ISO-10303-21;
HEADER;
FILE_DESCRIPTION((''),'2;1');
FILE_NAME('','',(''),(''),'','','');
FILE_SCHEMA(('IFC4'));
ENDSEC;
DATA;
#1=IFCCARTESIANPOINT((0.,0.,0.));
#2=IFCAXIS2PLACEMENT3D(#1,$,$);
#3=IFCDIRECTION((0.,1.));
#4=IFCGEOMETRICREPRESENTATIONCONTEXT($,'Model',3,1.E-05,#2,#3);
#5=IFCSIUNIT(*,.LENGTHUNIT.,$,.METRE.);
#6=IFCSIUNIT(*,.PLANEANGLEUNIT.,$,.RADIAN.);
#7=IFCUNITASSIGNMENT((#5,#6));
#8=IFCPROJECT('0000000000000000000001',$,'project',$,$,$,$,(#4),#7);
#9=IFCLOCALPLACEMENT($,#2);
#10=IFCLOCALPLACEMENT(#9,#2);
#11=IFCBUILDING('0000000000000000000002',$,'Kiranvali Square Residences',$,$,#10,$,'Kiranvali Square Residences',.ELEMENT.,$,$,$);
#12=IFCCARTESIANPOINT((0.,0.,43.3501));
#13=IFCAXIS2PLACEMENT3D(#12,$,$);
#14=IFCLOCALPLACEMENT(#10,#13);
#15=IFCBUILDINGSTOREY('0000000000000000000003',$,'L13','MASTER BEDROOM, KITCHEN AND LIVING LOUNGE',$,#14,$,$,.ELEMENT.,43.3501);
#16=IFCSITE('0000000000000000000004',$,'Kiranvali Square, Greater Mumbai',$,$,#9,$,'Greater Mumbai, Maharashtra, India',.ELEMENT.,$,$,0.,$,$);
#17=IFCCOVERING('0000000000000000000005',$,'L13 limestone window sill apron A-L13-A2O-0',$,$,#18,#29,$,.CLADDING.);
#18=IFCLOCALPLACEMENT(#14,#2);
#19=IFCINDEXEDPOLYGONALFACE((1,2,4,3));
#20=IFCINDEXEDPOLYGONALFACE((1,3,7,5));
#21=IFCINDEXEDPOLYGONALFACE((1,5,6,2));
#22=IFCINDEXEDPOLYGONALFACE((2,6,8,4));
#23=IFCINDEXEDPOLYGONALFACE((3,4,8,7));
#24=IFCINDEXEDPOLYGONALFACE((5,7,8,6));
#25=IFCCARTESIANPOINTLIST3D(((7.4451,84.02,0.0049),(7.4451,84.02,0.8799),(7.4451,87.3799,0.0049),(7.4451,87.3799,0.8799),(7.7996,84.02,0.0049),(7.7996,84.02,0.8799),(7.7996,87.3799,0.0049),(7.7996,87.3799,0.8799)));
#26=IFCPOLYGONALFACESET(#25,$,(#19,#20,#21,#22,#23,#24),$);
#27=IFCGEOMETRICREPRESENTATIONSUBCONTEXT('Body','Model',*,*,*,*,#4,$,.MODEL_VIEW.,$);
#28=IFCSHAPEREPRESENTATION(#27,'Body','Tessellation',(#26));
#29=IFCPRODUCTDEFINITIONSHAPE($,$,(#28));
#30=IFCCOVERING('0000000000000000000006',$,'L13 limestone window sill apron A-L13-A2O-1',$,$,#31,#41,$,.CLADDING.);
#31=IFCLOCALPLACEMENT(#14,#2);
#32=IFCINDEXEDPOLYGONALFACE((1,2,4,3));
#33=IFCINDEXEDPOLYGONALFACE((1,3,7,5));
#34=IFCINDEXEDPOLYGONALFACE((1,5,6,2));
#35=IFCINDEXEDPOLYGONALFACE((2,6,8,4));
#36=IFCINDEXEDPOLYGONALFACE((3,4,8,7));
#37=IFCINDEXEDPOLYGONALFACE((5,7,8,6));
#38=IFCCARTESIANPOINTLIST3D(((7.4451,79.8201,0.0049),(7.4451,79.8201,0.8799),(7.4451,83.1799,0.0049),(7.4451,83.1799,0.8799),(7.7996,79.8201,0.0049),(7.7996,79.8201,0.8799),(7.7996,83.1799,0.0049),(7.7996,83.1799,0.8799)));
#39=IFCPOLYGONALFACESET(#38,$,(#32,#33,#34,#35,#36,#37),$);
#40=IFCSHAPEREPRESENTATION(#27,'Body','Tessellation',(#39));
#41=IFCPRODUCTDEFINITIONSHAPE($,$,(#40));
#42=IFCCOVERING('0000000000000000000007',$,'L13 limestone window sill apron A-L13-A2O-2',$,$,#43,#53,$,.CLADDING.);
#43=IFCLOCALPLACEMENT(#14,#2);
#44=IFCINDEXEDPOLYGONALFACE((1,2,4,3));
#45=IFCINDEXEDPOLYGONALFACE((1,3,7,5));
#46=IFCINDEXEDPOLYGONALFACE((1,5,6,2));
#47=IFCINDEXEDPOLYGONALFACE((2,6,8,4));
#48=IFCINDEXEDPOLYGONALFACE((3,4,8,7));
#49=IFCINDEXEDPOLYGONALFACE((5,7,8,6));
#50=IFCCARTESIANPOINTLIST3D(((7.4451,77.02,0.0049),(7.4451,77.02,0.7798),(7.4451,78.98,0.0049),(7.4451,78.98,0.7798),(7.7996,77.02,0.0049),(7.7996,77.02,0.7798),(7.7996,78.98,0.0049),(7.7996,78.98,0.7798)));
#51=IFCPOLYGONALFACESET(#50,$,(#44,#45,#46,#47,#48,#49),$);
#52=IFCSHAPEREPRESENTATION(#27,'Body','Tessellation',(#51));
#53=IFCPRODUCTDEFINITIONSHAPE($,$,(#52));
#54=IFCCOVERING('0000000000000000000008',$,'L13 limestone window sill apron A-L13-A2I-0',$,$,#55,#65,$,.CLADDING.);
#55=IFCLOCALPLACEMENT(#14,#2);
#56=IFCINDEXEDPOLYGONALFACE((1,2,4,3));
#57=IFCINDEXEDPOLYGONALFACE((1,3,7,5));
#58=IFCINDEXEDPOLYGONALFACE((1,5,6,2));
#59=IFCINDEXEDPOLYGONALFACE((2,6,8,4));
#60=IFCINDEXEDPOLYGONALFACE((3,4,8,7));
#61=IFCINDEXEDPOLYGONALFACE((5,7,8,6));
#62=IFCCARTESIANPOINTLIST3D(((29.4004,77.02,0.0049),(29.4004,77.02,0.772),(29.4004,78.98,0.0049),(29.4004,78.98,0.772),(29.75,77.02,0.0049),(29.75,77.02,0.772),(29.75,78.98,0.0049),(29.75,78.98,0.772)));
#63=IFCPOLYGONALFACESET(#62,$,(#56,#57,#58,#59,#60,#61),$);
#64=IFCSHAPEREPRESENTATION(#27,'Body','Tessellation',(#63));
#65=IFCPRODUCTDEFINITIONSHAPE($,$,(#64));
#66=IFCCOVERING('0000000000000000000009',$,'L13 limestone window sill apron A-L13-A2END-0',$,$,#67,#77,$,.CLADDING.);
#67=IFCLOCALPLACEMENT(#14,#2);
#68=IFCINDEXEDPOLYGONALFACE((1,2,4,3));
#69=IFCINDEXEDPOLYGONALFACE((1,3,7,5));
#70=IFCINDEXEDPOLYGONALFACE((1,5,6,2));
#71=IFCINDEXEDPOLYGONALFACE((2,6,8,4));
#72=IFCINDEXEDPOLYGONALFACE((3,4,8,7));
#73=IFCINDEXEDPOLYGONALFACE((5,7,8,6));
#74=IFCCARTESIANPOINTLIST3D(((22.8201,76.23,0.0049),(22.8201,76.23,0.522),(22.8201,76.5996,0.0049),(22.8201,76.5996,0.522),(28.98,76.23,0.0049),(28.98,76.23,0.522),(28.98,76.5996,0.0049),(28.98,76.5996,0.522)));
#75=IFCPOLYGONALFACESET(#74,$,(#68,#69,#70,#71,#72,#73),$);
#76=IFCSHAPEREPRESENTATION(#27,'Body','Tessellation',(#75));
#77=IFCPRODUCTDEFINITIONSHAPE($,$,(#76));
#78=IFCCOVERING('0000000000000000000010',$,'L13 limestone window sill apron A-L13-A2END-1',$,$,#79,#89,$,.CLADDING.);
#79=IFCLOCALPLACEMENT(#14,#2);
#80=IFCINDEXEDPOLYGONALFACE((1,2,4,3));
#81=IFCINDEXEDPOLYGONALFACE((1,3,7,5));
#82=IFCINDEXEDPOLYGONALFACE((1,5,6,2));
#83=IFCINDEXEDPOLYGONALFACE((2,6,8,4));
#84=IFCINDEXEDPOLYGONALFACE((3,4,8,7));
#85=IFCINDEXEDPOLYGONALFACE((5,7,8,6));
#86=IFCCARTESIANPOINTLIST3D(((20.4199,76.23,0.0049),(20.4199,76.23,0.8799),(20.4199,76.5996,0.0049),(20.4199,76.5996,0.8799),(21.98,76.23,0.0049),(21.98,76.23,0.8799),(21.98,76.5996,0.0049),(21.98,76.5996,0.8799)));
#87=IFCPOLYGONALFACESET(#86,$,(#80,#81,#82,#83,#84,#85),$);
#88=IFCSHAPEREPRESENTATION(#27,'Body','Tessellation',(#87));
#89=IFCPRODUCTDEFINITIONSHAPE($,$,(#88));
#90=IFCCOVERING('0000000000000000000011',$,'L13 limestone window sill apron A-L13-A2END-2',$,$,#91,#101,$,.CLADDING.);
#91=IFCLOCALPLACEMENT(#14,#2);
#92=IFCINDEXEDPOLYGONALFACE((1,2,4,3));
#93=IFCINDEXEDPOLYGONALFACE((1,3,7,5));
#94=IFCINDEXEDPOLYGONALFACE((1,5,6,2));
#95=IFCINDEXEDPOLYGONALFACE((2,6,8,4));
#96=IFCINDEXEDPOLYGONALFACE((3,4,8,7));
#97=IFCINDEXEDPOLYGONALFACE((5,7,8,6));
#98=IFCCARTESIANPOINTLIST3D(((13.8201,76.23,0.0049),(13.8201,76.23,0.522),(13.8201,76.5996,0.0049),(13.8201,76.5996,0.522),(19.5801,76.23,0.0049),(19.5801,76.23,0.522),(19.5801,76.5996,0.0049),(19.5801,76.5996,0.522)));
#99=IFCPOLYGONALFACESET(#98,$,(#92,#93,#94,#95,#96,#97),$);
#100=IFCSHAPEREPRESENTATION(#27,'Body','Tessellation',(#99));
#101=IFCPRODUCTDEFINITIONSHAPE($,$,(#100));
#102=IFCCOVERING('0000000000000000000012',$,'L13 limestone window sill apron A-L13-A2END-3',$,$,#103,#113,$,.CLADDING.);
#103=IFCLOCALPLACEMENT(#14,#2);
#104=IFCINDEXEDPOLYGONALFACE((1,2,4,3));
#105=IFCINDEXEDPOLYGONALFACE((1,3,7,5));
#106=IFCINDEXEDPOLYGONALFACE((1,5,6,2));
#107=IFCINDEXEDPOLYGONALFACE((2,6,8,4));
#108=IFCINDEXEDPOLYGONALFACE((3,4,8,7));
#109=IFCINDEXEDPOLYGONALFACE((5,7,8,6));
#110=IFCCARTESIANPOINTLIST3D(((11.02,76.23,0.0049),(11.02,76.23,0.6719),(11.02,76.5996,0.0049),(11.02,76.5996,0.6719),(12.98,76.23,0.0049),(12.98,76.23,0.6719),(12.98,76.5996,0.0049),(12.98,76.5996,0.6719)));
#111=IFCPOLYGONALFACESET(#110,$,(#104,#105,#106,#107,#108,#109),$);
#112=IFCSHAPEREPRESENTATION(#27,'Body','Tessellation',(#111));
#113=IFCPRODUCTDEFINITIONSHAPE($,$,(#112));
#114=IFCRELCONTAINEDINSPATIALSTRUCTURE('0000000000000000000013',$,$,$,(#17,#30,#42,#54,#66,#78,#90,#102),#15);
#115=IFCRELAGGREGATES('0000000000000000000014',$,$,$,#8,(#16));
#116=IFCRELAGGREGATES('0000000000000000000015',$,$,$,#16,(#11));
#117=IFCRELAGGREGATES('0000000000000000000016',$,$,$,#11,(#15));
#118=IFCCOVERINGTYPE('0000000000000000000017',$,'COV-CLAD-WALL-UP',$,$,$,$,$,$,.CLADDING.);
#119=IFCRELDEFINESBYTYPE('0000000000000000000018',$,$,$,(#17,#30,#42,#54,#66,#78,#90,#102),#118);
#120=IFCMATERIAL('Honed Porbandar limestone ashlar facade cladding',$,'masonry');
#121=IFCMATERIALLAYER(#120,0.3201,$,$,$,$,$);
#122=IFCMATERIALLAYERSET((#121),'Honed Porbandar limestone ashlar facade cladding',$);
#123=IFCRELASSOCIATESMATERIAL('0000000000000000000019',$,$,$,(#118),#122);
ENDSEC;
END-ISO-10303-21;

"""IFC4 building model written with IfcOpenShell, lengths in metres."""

from ifc_helpers import new_model, si_unit, direction, frame, origin, place, context, subcontext, project, spatial, polyline, outline, extrude, material, layer, layer_set, type_object, element, save


model = new_model("IFC4")

# Units and contexts
model_context = context("Model", 3, precision=1e-05, world=origin(), true_north=direction((0.0, 1.0)))
body_context = subcontext(model_context, "Body", "Model", "MODEL_VIEW")
ifc_project = project(units=[si_unit("LENGTHUNIT", "METRE"), si_unit("PLANEANGLEUNIT", "RADIAN")], contexts=[model_context])

# Site, building, storey
site_placement = place(None, origin())
site = spatial("IfcSite", under=ifc_project, at=site_placement, Name="Kiranvali Square, Greater Mumbai", LongName="Greater Mumbai, Maharashtra, India", CompositionType="ELEMENT", RefElevation=0.0)
building_placement = place(site_placement, origin())
building = spatial("IfcBuilding", under=site, at=building_placement, Name="Kiranvali Square Residences", LongName="Kiranvali Square Residences", CompositionType="ELEMENT")
storey_placement = place(building_placement, frame((0.0, 0.0, 43.3501)))
storey = spatial("IfcBuildingStorey", under=building, at=storey_placement, Name="L13", Description="MASTER BEDROOM, KITCHEN AND LIVING LOUNGE", CompositionType="ELEMENT", Elevation=43.3501)

# Coverings
ifc_material = material(Name="Honed Porbandar limestone ashlar facade cladding", Category="masonry")
ifc_layer_1 = layer(ifc_material, 0.3201)
ifc_layer_set_1 = layer_set([ifc_layer_1], Name="Honed Porbandar limestone ashlar facade cladding")
covering_type_1 = type_object("IfcCoveringType", Name="COV-CLAD-WALL-UP", PredefinedType="CLADDING", material=ifc_layer_set_1)
covering_1_placement = place(storey_placement, frame((0.0, 0.0, 0.0049)))
element("IfcCovering", 1, at=covering_1_placement, inside=storey, type_object=covering_type_1, Name="L13 limestone window sill apron A-L13-A2O-0", PredefinedType="CLADDING", context=body_context, shape_type="SweptSolid", body=[
    extrude(outline(polyline([(7.4451, 87.3799), (7.4451, 84.02), (7.7996, 84.02), (7.7996, 87.3799), (7.4451, 87.3799)])), origin(), (0.0, 0.0, 1.0), 0.875),
])
covering_2_placement = place(storey_placement, frame((0.0, 0.0, 0.0049)))
element("IfcCovering", 2, at=covering_2_placement, inside=storey, type_object=covering_type_1, Name="L13 limestone window sill apron A-L13-A2O-1", PredefinedType="CLADDING", context=body_context, shape_type="SweptSolid", body=[
    extrude(outline(polyline([(7.4451, 83.1799), (7.4451, 79.8201), (7.7996, 79.8201), (7.7996, 83.1799), (7.4451, 83.1799)])), origin(), (0.0, 0.0, 1.0), 0.875),
])
covering_3_placement = place(storey_placement, frame((0.0, 0.0, 0.0049)))
element("IfcCovering", 3, at=covering_3_placement, inside=storey, type_object=covering_type_1, Name="L13 limestone window sill apron A-L13-A2O-2", PredefinedType="CLADDING", context=body_context, shape_type="SweptSolid", body=[
    extrude(outline(polyline([(7.4451, 78.98), (7.4451, 77.02), (7.7996, 77.02), (7.7996, 78.98), (7.4451, 78.98)])), origin(), (0.0, 0.0, 1.0), 0.7749),
])
covering_4_placement = place(storey_placement, frame((0.0, 0.0, 0.0049)))
element("IfcCovering", 4, at=covering_4_placement, inside=storey, type_object=covering_type_1, Name="L13 limestone window sill apron A-L13-A2I-0", PredefinedType="CLADDING", context=body_context, shape_type="SweptSolid", body=[
    extrude(outline(polyline([(29.4004, 78.98), (29.4004, 77.02), (29.75, 77.02), (29.75, 78.98), (29.4004, 78.98)])), origin(), (0.0, 0.0, 1.0), 0.7671),
])
covering_5_placement = place(storey_placement, frame((0.0, 0.0, 0.0049)))
element("IfcCovering", 5, at=covering_5_placement, inside=storey, type_object=covering_type_1, Name="L13 limestone window sill apron A-L13-A2END-0", PredefinedType="CLADDING", context=body_context, shape_type="SweptSolid", body=[
    extrude(outline(polyline([(28.98, 76.5996), (22.8201, 76.5996), (22.8201, 76.23), (28.98, 76.23), (28.98, 76.5996)])), origin(), (0.0, 0.0, 1.0), 0.5171),
])
covering_6_placement = place(storey_placement, frame((0.0, 0.0, 0.0049)))
element("IfcCovering", 6, at=covering_6_placement, inside=storey, type_object=covering_type_1, Name="L13 limestone window sill apron A-L13-A2END-1", PredefinedType="CLADDING", context=body_context, shape_type="SweptSolid", body=[
    extrude(outline(polyline([(21.98, 76.5996), (20.4199, 76.5996), (20.4199, 76.23), (21.98, 76.23), (21.98, 76.5996)])), origin(), (0.0, 0.0, 1.0), 0.875),
])
covering_7_placement = place(storey_placement, frame((0.0, 0.0, 0.0049)))
element("IfcCovering", 7, at=covering_7_placement, inside=storey, type_object=covering_type_1, Name="L13 limestone window sill apron A-L13-A2END-2", PredefinedType="CLADDING", context=body_context, shape_type="SweptSolid", body=[
    extrude(outline(polyline([(19.5801, 76.5996), (13.8201, 76.5996), (13.8201, 76.23), (19.5801, 76.23), (19.5801, 76.5996)])), origin(), (0.0, 0.0, 1.0), 0.5171),
])
covering_8_placement = place(storey_placement, frame((0.0, 0.0, 0.0049)))
element("IfcCovering", 8, at=covering_8_placement, inside=storey, type_object=covering_type_1, Name="L13 limestone window sill apron A-L13-A2END-3", PredefinedType="CLADDING", context=body_context, shape_type="SweptSolid", body=[
    extrude(outline(polyline([(12.98, 76.5996), (11.02, 76.5996), (11.02, 76.23), (12.98, 76.23), (12.98, 76.5996)])), origin(), (0.0, 0.0, 1.0), 0.667),
])

save(model, "model.ifc")
